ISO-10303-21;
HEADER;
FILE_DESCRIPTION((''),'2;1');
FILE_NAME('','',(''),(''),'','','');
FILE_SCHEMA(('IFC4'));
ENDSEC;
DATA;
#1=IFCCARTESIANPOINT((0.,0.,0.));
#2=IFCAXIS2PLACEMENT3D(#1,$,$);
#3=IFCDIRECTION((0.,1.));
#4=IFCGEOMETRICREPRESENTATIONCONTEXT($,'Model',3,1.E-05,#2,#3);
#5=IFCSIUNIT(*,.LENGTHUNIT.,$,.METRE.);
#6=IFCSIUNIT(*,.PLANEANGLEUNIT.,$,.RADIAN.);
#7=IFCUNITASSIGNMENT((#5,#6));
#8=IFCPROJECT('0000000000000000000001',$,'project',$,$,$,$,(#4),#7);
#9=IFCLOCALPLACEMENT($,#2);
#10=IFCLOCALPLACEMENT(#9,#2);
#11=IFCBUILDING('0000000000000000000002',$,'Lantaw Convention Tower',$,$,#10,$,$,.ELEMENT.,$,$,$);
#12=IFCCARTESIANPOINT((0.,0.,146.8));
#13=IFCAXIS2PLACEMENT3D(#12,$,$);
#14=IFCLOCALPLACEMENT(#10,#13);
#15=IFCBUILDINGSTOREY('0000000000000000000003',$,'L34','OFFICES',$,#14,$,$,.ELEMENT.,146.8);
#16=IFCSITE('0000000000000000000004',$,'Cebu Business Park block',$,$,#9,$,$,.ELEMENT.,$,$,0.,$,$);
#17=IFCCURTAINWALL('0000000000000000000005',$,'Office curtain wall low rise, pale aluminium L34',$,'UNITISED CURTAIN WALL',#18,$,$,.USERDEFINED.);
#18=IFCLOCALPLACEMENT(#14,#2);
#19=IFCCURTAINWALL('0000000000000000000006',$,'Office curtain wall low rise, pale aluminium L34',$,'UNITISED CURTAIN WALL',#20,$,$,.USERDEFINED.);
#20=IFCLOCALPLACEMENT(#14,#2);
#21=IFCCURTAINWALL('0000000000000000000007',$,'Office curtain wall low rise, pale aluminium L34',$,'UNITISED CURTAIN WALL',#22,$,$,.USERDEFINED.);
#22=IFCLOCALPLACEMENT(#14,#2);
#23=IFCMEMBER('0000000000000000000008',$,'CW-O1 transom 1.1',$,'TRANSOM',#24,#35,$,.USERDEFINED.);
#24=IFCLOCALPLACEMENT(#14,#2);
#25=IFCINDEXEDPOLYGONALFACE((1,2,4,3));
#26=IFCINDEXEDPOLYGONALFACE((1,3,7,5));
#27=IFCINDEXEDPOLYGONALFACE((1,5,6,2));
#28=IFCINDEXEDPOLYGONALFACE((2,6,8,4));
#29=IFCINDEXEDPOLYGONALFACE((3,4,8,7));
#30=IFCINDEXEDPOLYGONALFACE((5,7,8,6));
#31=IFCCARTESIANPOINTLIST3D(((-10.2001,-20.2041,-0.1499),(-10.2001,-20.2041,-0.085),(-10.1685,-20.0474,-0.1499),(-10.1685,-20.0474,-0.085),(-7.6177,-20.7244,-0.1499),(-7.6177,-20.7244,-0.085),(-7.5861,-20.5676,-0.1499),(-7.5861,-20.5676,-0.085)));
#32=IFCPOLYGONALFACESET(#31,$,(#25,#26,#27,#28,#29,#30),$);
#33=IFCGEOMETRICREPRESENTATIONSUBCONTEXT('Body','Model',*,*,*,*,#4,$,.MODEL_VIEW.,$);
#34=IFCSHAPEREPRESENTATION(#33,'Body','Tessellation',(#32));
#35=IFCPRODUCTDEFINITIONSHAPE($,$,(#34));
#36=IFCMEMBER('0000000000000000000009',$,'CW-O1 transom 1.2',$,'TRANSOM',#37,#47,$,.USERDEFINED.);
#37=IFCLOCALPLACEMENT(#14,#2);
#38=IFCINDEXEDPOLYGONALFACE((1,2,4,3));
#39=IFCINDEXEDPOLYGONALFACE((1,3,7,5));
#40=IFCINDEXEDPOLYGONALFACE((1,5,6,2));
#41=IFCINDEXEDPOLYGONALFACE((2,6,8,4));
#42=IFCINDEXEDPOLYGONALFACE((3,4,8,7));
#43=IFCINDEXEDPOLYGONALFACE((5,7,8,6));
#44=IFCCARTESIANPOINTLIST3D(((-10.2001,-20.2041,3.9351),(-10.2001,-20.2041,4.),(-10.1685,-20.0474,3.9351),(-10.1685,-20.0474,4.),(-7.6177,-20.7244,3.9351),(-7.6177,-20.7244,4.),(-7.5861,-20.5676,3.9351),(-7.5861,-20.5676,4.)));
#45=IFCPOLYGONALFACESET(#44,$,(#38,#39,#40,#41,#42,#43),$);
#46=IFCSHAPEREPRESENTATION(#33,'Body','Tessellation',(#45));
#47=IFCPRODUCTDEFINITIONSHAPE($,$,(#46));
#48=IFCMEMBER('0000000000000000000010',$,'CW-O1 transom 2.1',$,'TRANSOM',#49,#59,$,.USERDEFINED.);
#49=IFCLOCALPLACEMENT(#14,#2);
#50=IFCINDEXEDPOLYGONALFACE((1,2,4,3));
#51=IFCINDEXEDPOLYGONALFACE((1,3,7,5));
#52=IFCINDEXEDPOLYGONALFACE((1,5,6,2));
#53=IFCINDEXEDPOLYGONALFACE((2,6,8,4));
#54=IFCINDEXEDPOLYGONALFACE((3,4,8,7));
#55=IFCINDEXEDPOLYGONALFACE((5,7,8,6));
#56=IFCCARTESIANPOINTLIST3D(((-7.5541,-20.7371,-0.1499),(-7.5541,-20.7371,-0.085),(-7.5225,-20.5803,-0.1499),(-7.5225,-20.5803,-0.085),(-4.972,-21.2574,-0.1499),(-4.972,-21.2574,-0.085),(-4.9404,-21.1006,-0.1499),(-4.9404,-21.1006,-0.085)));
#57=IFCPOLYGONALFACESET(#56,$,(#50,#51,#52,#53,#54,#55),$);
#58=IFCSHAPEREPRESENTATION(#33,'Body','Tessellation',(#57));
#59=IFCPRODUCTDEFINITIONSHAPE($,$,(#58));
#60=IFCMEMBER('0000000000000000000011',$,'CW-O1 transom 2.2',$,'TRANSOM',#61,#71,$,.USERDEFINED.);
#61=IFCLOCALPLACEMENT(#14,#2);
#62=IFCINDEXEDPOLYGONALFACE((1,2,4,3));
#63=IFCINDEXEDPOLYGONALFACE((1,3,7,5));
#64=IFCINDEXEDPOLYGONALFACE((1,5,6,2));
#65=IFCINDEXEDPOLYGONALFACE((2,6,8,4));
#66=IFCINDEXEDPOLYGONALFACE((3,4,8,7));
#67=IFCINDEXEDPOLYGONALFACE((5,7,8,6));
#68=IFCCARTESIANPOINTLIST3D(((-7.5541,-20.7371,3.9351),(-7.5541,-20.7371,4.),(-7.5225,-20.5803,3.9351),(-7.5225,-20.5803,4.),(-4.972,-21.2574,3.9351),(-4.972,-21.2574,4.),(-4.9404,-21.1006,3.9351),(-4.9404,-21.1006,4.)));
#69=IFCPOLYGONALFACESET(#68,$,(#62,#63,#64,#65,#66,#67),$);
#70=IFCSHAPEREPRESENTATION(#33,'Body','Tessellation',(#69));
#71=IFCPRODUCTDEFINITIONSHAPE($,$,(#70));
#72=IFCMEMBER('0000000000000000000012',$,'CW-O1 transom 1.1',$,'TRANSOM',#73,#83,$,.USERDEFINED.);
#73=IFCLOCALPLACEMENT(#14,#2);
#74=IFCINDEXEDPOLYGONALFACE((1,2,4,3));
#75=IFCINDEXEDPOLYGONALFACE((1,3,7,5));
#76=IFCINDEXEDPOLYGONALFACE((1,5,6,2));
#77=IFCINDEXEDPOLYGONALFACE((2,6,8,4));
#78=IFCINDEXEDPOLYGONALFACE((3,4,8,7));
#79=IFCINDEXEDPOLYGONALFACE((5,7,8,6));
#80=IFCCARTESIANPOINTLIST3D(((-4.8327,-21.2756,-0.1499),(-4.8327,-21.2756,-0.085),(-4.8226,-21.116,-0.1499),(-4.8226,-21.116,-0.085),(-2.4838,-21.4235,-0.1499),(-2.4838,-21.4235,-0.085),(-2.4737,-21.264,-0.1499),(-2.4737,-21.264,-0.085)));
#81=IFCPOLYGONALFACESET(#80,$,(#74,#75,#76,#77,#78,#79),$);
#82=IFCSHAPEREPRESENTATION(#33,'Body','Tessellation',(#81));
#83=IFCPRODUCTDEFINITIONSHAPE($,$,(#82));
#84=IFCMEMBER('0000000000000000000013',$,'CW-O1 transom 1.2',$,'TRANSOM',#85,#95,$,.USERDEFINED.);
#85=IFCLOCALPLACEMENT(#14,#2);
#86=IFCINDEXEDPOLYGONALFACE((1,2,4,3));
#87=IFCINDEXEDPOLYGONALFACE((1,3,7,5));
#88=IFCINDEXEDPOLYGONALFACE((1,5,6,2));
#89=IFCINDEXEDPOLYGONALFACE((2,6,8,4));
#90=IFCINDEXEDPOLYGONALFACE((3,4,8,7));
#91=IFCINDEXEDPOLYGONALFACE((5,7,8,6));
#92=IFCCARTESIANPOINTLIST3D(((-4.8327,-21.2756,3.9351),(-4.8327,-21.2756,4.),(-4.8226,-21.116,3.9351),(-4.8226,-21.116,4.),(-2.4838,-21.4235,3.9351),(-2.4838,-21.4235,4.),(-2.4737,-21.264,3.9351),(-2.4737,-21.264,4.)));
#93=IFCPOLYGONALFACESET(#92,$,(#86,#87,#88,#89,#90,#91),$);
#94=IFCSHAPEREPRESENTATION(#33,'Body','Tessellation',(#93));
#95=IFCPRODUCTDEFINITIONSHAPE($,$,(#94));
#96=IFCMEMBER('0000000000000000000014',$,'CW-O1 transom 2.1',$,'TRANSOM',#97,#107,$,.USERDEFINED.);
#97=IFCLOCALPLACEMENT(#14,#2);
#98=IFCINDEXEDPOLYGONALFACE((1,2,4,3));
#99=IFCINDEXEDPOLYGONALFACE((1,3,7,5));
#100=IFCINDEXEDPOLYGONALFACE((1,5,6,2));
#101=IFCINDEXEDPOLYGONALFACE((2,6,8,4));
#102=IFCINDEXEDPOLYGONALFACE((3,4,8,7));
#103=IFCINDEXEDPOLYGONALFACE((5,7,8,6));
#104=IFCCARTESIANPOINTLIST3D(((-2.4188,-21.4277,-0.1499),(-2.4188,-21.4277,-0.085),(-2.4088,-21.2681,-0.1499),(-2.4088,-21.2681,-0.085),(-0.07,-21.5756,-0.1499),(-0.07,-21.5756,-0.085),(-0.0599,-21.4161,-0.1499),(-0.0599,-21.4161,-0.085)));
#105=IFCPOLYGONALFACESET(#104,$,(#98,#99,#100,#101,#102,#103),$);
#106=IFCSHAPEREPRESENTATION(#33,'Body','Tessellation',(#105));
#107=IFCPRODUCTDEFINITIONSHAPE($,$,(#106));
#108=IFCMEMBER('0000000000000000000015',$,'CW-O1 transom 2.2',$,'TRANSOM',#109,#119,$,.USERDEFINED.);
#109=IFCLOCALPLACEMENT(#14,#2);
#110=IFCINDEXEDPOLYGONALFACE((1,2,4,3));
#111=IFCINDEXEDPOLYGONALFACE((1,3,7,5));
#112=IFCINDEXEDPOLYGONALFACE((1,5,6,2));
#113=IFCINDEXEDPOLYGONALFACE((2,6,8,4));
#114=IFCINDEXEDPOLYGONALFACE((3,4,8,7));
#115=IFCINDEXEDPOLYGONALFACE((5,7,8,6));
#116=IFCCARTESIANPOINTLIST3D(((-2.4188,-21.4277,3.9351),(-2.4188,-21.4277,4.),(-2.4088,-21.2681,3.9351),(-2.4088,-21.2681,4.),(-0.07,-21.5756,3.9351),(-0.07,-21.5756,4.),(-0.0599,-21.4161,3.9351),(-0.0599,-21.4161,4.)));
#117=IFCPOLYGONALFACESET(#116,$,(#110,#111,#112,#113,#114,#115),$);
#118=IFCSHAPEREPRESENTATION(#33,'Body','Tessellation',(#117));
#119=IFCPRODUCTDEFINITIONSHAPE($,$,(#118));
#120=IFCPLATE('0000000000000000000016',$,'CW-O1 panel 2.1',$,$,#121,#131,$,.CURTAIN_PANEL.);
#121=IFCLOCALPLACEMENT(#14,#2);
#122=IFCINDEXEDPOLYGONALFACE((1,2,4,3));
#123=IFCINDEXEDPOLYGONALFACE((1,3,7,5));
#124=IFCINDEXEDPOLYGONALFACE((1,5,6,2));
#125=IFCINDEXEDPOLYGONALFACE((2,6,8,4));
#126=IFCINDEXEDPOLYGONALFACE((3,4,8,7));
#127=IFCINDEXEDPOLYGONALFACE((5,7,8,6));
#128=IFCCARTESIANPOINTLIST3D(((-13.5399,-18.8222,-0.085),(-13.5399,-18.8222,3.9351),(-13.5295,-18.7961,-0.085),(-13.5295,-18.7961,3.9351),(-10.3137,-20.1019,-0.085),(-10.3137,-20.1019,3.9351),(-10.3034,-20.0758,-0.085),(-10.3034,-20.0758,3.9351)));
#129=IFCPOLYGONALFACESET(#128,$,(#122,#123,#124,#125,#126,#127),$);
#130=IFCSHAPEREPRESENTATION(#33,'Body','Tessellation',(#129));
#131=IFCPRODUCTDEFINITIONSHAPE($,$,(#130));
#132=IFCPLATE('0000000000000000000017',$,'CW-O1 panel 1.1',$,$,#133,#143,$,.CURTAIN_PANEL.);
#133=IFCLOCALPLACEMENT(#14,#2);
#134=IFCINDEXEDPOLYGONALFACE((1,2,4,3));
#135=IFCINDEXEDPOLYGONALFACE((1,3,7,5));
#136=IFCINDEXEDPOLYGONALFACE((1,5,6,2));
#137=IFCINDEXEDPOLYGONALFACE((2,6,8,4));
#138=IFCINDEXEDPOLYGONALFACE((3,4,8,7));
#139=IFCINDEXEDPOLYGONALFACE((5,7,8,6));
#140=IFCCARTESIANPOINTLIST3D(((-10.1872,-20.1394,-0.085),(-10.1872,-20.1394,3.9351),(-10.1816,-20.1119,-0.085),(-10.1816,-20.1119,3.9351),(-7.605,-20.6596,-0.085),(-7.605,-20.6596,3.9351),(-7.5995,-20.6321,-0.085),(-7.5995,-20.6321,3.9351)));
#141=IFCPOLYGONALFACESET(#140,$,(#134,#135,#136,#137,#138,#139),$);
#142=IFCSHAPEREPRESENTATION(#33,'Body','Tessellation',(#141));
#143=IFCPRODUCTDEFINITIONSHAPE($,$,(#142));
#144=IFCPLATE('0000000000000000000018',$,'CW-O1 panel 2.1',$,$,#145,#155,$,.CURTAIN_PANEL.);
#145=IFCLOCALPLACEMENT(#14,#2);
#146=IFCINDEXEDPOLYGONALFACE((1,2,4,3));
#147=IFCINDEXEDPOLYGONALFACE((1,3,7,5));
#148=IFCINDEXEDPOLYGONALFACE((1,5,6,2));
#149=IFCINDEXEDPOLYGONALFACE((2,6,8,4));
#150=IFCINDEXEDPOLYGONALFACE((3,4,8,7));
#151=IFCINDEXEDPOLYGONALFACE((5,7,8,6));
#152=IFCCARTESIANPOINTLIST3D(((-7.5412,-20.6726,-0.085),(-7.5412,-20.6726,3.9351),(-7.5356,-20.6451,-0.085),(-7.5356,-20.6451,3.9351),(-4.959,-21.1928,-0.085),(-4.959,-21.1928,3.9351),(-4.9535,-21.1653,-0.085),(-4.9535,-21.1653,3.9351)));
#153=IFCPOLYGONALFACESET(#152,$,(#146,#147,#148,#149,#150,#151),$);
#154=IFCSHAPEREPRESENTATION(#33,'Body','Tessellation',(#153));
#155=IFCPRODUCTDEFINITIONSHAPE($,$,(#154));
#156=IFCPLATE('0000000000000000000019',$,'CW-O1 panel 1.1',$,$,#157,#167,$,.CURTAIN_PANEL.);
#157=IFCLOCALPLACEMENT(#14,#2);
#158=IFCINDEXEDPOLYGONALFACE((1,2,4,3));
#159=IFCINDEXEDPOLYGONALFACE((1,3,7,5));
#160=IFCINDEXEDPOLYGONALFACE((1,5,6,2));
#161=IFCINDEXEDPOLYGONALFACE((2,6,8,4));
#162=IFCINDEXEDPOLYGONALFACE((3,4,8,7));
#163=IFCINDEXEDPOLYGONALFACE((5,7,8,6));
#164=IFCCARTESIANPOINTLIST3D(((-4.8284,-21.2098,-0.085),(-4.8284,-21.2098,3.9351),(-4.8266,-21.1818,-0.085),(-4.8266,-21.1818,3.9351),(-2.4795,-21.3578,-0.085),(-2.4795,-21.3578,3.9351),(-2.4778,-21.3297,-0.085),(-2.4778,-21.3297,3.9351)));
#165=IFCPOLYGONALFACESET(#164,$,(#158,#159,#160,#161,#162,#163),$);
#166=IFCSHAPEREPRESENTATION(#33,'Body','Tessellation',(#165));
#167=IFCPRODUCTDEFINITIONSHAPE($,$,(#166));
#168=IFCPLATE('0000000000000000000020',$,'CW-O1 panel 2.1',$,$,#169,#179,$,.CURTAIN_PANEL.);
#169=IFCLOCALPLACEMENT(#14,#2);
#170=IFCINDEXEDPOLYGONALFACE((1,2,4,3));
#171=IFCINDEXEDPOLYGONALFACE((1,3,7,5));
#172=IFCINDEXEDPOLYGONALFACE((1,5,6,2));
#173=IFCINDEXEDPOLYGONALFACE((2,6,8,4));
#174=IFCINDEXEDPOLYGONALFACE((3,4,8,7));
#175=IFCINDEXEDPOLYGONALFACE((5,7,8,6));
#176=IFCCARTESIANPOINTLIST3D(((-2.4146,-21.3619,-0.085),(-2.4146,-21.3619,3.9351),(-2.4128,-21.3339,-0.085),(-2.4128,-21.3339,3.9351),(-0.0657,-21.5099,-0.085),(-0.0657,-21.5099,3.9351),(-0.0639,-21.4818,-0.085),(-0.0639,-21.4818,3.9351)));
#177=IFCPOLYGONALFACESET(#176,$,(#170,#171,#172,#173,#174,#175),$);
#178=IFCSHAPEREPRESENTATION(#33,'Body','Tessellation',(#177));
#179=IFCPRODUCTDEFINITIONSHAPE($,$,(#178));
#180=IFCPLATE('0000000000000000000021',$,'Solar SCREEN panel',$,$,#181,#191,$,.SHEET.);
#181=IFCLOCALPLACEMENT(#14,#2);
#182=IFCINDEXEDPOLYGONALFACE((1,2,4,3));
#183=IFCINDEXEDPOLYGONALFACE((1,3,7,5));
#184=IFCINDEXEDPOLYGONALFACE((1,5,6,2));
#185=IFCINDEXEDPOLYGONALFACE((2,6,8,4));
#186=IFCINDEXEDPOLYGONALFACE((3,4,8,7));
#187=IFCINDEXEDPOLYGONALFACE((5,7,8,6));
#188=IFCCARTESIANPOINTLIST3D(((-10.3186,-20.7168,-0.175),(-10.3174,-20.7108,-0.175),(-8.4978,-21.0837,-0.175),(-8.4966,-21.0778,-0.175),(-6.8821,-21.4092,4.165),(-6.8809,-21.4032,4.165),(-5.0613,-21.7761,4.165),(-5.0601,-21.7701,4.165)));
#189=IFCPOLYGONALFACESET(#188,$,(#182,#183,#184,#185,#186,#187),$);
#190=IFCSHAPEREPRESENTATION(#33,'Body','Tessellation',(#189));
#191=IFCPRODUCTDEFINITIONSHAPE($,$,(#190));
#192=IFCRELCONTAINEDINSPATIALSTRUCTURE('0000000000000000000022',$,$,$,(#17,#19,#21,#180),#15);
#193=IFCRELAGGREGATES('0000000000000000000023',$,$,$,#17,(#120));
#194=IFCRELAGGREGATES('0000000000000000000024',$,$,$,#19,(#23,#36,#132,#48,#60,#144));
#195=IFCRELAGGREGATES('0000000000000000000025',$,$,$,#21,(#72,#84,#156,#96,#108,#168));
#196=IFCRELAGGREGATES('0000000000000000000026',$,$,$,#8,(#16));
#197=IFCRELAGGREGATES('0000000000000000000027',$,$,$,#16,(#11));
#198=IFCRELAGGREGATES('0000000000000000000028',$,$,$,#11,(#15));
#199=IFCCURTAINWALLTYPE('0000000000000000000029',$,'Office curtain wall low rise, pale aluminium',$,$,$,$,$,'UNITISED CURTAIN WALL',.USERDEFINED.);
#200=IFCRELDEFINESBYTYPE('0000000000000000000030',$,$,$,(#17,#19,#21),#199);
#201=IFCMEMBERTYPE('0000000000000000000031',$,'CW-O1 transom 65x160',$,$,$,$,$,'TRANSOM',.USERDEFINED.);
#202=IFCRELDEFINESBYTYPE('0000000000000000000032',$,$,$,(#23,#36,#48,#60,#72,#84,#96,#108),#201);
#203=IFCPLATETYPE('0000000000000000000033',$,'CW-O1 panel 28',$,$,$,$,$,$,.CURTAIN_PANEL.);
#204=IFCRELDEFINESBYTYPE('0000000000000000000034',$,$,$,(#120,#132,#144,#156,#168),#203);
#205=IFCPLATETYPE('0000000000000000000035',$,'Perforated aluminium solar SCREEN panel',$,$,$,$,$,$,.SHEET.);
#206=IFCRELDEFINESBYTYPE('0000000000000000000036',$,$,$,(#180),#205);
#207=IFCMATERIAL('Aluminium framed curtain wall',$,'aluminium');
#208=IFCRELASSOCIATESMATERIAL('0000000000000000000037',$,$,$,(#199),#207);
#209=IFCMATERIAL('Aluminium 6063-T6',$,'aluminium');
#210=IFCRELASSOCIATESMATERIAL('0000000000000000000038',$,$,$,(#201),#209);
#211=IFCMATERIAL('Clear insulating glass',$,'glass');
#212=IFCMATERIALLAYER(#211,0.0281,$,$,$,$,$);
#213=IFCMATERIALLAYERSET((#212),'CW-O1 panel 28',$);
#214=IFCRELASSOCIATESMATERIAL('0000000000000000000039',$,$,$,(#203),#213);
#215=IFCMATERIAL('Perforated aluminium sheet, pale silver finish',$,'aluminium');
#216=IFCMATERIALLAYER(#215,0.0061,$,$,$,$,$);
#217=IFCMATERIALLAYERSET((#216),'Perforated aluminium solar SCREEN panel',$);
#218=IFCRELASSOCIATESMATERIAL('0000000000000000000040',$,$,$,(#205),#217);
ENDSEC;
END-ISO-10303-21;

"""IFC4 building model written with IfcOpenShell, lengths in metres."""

from ifc_helpers import new_model, si_unit, direction, frame, origin, origin_2d, place, context, subcontext, project, spatial, polyline, rectangle, outline, extrude, material, layer, layer_set, material_profile, profile_set, type_object, element, aggregate, save


model = new_model("IFC4")

# Units and contexts
model_context = context("Model", 3, precision=1e-05, world=origin(), true_north=direction((0.0, 1.0)))
body_context = subcontext(model_context, "Body", "Model", "MODEL_VIEW")
ifc_project = project(units=[si_unit("LENGTHUNIT", "METRE"), si_unit("PLANEANGLEUNIT", "RADIAN")], contexts=[model_context])

# Site, building, storey
site_placement = place(None, origin())
site = spatial("IfcSite", under=ifc_project, at=site_placement, Name="Cebu Business Park block", CompositionType="ELEMENT", RefElevation=0.0)
building_placement = place(site_placement, origin())
building = spatial("IfcBuilding", under=site, at=building_placement, Name="Lantaw Convention Tower", CompositionType="ELEMENT")
storey_placement = place(building_placement, frame((0.0, 0.0, 146.8)))
storey = spatial("IfcBuildingStorey", under=building, at=storey_placement, Name="L34", Description="OFFICES", CompositionType="ELEMENT", Elevation=146.8)

# Curtain wall
ifc_material_1 = material(Name="Aluminium framed curtain wall", Category="aluminium")
curtain_wall_type = type_object("IfcCurtainWallType", Name="Office curtain wall low rise, pale aluminium", ElementType="UNITISED CURTAIN WALL", PredefinedType="USERDEFINED", material=ifc_material_1)
curtain_wall_1_placement = place(storey_placement, origin())
curtain_wall_1 = element("IfcCurtainWall", 1, at=curtain_wall_1_placement, inside=storey, type_object=curtain_wall_type, Name="Office curtain wall low rise, pale aluminium L34", ObjectType="UNITISED CURTAIN WALL", PredefinedType="USERDEFINED")
ifc_material_2 = material(Name="Aluminium 6063-T6", Category="aluminium")

# Curtain walls
curtain_wall_2_placement = place(storey_placement, origin())
curtain_wall_2 = element("IfcCurtainWall", 2, at=curtain_wall_2_placement, inside=storey, type_object=curtain_wall_type, Name="Office curtain wall low rise, pale aluminium L34", ObjectType="UNITISED CURTAIN WALL", PredefinedType="USERDEFINED")
curtain_wall_3_placement = place(storey_placement, origin())
curtain_wall_3 = element("IfcCurtainWall", 3, at=curtain_wall_3_placement, inside=storey, type_object=curtain_wall_type, Name="Office curtain wall low rise, pale aluminium L34", ObjectType="UNITISED CURTAIN WALL", PredefinedType="USERDEFINED")

# Members
ifc_material_profile_1 = material_profile(ifc_material_2, rectangle(XDim=0.1599, YDim=0.0649, at=origin_2d()), Name="CW-O1 transom 65x160")
ifc_profile_set_1 = profile_set([ifc_material_profile_1], Name="Aluminium 6063-T6")
member_type_1 = type_object("IfcMemberType", Name="CW-O1 transom 65x160", ElementType="TRANSOM", PredefinedType="USERDEFINED", material=ifc_profile_set_1)
member_1_placement = place(storey_placement, frame((-10.1843, -20.1257, -0.1174), z_axis=(0.980302, -0.197506, 0.0), x_axis=(0.197506, 0.980302, 0.0)))
member_1 = element("IfcMember", 4, at=member_1_placement, type_object=member_type_1, Name="CW-O1 transom 1.1", ObjectType="TRANSOM", PredefinedType="USERDEFINED", context=body_context, shape_type="SweptSolid", body=[
    extrude(rectangle(XDim=0.1599, YDim=0.0649, at=origin_2d()), origin(), (0.0, 0.0, 1.0), 2.6343),
])
member_2_placement = place(storey_placement, frame((-10.1843, -20.1257, 3.9675), z_axis=(0.980302, -0.197506, 0.0), x_axis=(0.197506, 0.980302, 0.0)))
member_2 = element("IfcMember", 5, at=member_2_placement, type_object=member_type_1, Name="CW-O1 transom 1.2", ObjectType="TRANSOM", PredefinedType="USERDEFINED", context=body_context, shape_type="SweptSolid", body=[
    extrude(rectangle(XDim=0.1599, YDim=0.0649, at=origin_2d()), origin(), (0.0, 0.0, 1.0), 2.6343),
])
member_3_placement = place(storey_placement, frame((-7.5383, -20.6587, -0.1174), z_axis=(0.980298, -0.197524, 0.0), x_axis=(0.197524, 0.980298, 0.0)))
member_3 = element("IfcMember", 6, at=member_3_placement, type_object=member_type_1, Name="CW-O1 transom 2.1", ObjectType="TRANSOM", PredefinedType="USERDEFINED", context=body_context, shape_type="SweptSolid", body=[
    extrude(rectangle(XDim=0.1599, YDim=0.0649, at=origin_2d()), origin(), (0.0, 0.0, 1.0), 2.634),
])
member_4_placement = place(storey_placement, frame((-7.5383, -20.6587, 3.9675), z_axis=(0.980298, -0.197524, 0.0), x_axis=(0.197524, 0.980298, 0.0)))
member_4 = element("IfcMember", 7, at=member_4_placement, type_object=member_type_1, Name="CW-O1 transom 2.2", ObjectType="TRANSOM", PredefinedType="USERDEFINED", context=body_context, shape_type="SweptSolid", body=[
    extrude(rectangle(XDim=0.1599, YDim=0.0649, at=origin_2d()), origin(), (0.0, 0.0, 1.0), 2.634),
])
member_5_placement = place(storey_placement, frame((-4.8276, -21.1958, -0.1174), z_axis=(0.998022, -0.062863, 0.0), x_axis=(0.062863, 0.998022, 0.0)))
member_5 = element("IfcMember", 8, at=member_5_placement, type_object=member_type_1, Name="CW-O1 transom 1.1", ObjectType="TRANSOM", PredefinedType="USERDEFINED", context=body_context, shape_type="SweptSolid", body=[
    extrude(rectangle(XDim=0.1599, YDim=0.0649, at=origin_2d()), origin(), (0.0, 0.0, 1.0), 2.3535),
])
member_6_placement = place(storey_placement, frame((-4.8276, -21.1958, 3.9675), z_axis=(0.998022, -0.062863, 0.0), x_axis=(0.062863, 0.998022, 0.0)))
member_6 = element("IfcMember", 9, at=member_6_placement, type_object=member_type_1, Name="CW-O1 transom 1.2", ObjectType="TRANSOM", PredefinedType="USERDEFINED", context=body_context, shape_type="SweptSolid", body=[
    extrude(rectangle(XDim=0.1599, YDim=0.0649, at=origin_2d()), origin(), (0.0, 0.0, 1.0), 2.3535),
])
member_7_placement = place(storey_placement, frame((-2.4138, -21.3479, -0.1174), z_axis=(0.998022, -0.062863, 0.0), x_axis=(0.062863, 0.998022, 0.0)))
member_7 = element("IfcMember", 10, at=member_7_placement, type_object=member_type_1, Name="CW-O1 transom 2.1", ObjectType="TRANSOM", PredefinedType="USERDEFINED", context=body_context, shape_type="SweptSolid", body=[
    extrude(rectangle(XDim=0.1599, YDim=0.0649, at=origin_2d()), origin(), (0.0, 0.0, 1.0), 2.3535),
])
member_8_placement = place(storey_placement, frame((-2.4138, -21.3479, 3.9675), z_axis=(0.998022, -0.062863, 0.0), x_axis=(0.062863, 0.998022, 0.0)))
member_8 = element("IfcMember", 11, at=member_8_placement, type_object=member_type_1, Name="CW-O1 transom 2.2", ObjectType="TRANSOM", PredefinedType="USERDEFINED", context=body_context, shape_type="SweptSolid", body=[
    extrude(rectangle(XDim=0.1599, YDim=0.0649, at=origin_2d()), origin(), (0.0, 0.0, 1.0), 2.3535),
])

# Plates
ifc_material_3 = material(Name="Clear insulating glass", Category="glass")
ifc_layer_1 = layer(ifc_material_3, 0.0281)
ifc_layer_set_1 = layer_set([ifc_layer_1], Name="CW-O1 panel 28")
plate_type_1 = type_object("IfcPlateType", Name="CW-O1 panel 28", PredefinedType="CURTAIN_PANEL", material=ifc_layer_set_1)
plate_1_placement = place(storey_placement, frame((-11.9216, -19.449, -0.085), z_axis=(0.0, 0.0, 1.0), x_axis=(0.929548, -0.368702, 0.0)))
plate_1 = element("IfcPlate", 12, at=plate_1_placement, type_object=plate_type_1, Name="CW-O1 panel 2.1", PredefinedType="CURTAIN_PANEL", context=body_context, shape_type="SweptSolid", body=[
    extrude(rectangle(XDim=3.4707, YDim=0.0281, at=origin_2d()), origin(), (0.0, 0.0, 1.0), 4.02),
])
aggregate(curtain_wall_1, [plate_1])
plate_2_placement = place(storey_placement, frame((-8.8933, -20.3857, -0.085), z_axis=(0.0, 0.0, 1.0), x_axis=(0.980302, -0.197507, 0.0)))
plate_2 = element("IfcPlate", 13, at=plate_2_placement, type_object=plate_type_1, Name="CW-O1 panel 1.1", PredefinedType="CURTAIN_PANEL", context=body_context, shape_type="SweptSolid", body=[
    extrude(rectangle(XDim=2.634, YDim=0.0281, at=origin_2d()), origin(), (0.0, 0.0, 1.0), 4.02),
])
plate_3_placement = place(storey_placement, frame((-6.2473, -20.9189, -0.085), z_axis=(0.0, 0.0, 1.0), x_axis=(0.980302, -0.197507, 0.0)))
plate_3 = element("IfcPlate", 14, at=plate_3_placement, type_object=plate_type_1, Name="CW-O1 panel 2.1", PredefinedType="CURTAIN_PANEL", context=body_context, shape_type="SweptSolid", body=[
    extrude(rectangle(XDim=2.634, YDim=0.0281, at=origin_2d()), origin(), (0.0, 0.0, 1.0), 4.02),
])
aggregate(curtain_wall_2, [member_1, member_2, plate_2, member_3, member_4, plate_3])
plate_4_placement = place(storey_placement, frame((-3.6531, -21.2698, -0.085), z_axis=(0.0, 0.0, 1.0), x_axis=(0.998022, -0.062865, 0.0)))
plate_4 = element("IfcPlate", 15, at=plate_4_placement, type_object=plate_type_1, Name="CW-O1 panel 1.1", PredefinedType="CURTAIN_PANEL", context=body_context, shape_type="SweptSolid", body=[
    extrude(rectangle(XDim=2.3535, YDim=0.0281, at=origin_2d()), origin(), (0.0, 0.0, 1.0), 4.02),
])
plate_5_placement = place(storey_placement, frame((-1.2393, -21.4219, -0.085), z_axis=(0.0, 0.0, 1.0), x_axis=(0.998022, -0.062865, 0.0)))
plate_5 = element("IfcPlate", 16, at=plate_5_placement, type_object=plate_type_1, Name="CW-O1 panel 2.1", PredefinedType="CURTAIN_PANEL", context=body_context, shape_type="SweptSolid", body=[
    extrude(rectangle(XDim=2.3535, YDim=0.0281, at=origin_2d()), origin(), (0.0, 0.0, 1.0), 4.02),
])
aggregate(curtain_wall_3, [member_5, member_6, plate_4, member_7, member_8, plate_5])

# Plate
ifc_material_4 = material(Name="Perforated aluminium sheet, pale silver finish", Category="aluminium")
ifc_layer_2 = layer(ifc_material_4, 0.0061)
ifc_layer_set_2 = layer_set([ifc_layer_2], Name="Perforated aluminium solar SCREEN panel")
plate_type_2 = type_object("IfcPlateType", Name="Perforated aluminium solar SCREEN panel", PredefinedType="SHEET", material=ifc_layer_set_2)
plate_6_placement = place(storey_placement, frame((-10.3186, -20.7168, -0.175), z_axis=(-0.197557, -0.980291, 0.000039), x_axis=(0.980291, -0.197557, 0.0)))
element("IfcPlate", 17, at=plate_6_placement, inside=storey, type_object=plate_type_2, Name="Solar SCREEN panel", PredefinedType="SHEET", context=body_context, shape_type="SweptSolid", body=[
    extrude(outline(polyline([(0.0, 0.0), (1.8574, 0.0), (5.363, 4.3401), (3.5056, 4.3401), (0.0, 0.0)])), origin(), (0.0, 0.0, -1.0), 0.0061),
])

save(model, "model.ifc")
